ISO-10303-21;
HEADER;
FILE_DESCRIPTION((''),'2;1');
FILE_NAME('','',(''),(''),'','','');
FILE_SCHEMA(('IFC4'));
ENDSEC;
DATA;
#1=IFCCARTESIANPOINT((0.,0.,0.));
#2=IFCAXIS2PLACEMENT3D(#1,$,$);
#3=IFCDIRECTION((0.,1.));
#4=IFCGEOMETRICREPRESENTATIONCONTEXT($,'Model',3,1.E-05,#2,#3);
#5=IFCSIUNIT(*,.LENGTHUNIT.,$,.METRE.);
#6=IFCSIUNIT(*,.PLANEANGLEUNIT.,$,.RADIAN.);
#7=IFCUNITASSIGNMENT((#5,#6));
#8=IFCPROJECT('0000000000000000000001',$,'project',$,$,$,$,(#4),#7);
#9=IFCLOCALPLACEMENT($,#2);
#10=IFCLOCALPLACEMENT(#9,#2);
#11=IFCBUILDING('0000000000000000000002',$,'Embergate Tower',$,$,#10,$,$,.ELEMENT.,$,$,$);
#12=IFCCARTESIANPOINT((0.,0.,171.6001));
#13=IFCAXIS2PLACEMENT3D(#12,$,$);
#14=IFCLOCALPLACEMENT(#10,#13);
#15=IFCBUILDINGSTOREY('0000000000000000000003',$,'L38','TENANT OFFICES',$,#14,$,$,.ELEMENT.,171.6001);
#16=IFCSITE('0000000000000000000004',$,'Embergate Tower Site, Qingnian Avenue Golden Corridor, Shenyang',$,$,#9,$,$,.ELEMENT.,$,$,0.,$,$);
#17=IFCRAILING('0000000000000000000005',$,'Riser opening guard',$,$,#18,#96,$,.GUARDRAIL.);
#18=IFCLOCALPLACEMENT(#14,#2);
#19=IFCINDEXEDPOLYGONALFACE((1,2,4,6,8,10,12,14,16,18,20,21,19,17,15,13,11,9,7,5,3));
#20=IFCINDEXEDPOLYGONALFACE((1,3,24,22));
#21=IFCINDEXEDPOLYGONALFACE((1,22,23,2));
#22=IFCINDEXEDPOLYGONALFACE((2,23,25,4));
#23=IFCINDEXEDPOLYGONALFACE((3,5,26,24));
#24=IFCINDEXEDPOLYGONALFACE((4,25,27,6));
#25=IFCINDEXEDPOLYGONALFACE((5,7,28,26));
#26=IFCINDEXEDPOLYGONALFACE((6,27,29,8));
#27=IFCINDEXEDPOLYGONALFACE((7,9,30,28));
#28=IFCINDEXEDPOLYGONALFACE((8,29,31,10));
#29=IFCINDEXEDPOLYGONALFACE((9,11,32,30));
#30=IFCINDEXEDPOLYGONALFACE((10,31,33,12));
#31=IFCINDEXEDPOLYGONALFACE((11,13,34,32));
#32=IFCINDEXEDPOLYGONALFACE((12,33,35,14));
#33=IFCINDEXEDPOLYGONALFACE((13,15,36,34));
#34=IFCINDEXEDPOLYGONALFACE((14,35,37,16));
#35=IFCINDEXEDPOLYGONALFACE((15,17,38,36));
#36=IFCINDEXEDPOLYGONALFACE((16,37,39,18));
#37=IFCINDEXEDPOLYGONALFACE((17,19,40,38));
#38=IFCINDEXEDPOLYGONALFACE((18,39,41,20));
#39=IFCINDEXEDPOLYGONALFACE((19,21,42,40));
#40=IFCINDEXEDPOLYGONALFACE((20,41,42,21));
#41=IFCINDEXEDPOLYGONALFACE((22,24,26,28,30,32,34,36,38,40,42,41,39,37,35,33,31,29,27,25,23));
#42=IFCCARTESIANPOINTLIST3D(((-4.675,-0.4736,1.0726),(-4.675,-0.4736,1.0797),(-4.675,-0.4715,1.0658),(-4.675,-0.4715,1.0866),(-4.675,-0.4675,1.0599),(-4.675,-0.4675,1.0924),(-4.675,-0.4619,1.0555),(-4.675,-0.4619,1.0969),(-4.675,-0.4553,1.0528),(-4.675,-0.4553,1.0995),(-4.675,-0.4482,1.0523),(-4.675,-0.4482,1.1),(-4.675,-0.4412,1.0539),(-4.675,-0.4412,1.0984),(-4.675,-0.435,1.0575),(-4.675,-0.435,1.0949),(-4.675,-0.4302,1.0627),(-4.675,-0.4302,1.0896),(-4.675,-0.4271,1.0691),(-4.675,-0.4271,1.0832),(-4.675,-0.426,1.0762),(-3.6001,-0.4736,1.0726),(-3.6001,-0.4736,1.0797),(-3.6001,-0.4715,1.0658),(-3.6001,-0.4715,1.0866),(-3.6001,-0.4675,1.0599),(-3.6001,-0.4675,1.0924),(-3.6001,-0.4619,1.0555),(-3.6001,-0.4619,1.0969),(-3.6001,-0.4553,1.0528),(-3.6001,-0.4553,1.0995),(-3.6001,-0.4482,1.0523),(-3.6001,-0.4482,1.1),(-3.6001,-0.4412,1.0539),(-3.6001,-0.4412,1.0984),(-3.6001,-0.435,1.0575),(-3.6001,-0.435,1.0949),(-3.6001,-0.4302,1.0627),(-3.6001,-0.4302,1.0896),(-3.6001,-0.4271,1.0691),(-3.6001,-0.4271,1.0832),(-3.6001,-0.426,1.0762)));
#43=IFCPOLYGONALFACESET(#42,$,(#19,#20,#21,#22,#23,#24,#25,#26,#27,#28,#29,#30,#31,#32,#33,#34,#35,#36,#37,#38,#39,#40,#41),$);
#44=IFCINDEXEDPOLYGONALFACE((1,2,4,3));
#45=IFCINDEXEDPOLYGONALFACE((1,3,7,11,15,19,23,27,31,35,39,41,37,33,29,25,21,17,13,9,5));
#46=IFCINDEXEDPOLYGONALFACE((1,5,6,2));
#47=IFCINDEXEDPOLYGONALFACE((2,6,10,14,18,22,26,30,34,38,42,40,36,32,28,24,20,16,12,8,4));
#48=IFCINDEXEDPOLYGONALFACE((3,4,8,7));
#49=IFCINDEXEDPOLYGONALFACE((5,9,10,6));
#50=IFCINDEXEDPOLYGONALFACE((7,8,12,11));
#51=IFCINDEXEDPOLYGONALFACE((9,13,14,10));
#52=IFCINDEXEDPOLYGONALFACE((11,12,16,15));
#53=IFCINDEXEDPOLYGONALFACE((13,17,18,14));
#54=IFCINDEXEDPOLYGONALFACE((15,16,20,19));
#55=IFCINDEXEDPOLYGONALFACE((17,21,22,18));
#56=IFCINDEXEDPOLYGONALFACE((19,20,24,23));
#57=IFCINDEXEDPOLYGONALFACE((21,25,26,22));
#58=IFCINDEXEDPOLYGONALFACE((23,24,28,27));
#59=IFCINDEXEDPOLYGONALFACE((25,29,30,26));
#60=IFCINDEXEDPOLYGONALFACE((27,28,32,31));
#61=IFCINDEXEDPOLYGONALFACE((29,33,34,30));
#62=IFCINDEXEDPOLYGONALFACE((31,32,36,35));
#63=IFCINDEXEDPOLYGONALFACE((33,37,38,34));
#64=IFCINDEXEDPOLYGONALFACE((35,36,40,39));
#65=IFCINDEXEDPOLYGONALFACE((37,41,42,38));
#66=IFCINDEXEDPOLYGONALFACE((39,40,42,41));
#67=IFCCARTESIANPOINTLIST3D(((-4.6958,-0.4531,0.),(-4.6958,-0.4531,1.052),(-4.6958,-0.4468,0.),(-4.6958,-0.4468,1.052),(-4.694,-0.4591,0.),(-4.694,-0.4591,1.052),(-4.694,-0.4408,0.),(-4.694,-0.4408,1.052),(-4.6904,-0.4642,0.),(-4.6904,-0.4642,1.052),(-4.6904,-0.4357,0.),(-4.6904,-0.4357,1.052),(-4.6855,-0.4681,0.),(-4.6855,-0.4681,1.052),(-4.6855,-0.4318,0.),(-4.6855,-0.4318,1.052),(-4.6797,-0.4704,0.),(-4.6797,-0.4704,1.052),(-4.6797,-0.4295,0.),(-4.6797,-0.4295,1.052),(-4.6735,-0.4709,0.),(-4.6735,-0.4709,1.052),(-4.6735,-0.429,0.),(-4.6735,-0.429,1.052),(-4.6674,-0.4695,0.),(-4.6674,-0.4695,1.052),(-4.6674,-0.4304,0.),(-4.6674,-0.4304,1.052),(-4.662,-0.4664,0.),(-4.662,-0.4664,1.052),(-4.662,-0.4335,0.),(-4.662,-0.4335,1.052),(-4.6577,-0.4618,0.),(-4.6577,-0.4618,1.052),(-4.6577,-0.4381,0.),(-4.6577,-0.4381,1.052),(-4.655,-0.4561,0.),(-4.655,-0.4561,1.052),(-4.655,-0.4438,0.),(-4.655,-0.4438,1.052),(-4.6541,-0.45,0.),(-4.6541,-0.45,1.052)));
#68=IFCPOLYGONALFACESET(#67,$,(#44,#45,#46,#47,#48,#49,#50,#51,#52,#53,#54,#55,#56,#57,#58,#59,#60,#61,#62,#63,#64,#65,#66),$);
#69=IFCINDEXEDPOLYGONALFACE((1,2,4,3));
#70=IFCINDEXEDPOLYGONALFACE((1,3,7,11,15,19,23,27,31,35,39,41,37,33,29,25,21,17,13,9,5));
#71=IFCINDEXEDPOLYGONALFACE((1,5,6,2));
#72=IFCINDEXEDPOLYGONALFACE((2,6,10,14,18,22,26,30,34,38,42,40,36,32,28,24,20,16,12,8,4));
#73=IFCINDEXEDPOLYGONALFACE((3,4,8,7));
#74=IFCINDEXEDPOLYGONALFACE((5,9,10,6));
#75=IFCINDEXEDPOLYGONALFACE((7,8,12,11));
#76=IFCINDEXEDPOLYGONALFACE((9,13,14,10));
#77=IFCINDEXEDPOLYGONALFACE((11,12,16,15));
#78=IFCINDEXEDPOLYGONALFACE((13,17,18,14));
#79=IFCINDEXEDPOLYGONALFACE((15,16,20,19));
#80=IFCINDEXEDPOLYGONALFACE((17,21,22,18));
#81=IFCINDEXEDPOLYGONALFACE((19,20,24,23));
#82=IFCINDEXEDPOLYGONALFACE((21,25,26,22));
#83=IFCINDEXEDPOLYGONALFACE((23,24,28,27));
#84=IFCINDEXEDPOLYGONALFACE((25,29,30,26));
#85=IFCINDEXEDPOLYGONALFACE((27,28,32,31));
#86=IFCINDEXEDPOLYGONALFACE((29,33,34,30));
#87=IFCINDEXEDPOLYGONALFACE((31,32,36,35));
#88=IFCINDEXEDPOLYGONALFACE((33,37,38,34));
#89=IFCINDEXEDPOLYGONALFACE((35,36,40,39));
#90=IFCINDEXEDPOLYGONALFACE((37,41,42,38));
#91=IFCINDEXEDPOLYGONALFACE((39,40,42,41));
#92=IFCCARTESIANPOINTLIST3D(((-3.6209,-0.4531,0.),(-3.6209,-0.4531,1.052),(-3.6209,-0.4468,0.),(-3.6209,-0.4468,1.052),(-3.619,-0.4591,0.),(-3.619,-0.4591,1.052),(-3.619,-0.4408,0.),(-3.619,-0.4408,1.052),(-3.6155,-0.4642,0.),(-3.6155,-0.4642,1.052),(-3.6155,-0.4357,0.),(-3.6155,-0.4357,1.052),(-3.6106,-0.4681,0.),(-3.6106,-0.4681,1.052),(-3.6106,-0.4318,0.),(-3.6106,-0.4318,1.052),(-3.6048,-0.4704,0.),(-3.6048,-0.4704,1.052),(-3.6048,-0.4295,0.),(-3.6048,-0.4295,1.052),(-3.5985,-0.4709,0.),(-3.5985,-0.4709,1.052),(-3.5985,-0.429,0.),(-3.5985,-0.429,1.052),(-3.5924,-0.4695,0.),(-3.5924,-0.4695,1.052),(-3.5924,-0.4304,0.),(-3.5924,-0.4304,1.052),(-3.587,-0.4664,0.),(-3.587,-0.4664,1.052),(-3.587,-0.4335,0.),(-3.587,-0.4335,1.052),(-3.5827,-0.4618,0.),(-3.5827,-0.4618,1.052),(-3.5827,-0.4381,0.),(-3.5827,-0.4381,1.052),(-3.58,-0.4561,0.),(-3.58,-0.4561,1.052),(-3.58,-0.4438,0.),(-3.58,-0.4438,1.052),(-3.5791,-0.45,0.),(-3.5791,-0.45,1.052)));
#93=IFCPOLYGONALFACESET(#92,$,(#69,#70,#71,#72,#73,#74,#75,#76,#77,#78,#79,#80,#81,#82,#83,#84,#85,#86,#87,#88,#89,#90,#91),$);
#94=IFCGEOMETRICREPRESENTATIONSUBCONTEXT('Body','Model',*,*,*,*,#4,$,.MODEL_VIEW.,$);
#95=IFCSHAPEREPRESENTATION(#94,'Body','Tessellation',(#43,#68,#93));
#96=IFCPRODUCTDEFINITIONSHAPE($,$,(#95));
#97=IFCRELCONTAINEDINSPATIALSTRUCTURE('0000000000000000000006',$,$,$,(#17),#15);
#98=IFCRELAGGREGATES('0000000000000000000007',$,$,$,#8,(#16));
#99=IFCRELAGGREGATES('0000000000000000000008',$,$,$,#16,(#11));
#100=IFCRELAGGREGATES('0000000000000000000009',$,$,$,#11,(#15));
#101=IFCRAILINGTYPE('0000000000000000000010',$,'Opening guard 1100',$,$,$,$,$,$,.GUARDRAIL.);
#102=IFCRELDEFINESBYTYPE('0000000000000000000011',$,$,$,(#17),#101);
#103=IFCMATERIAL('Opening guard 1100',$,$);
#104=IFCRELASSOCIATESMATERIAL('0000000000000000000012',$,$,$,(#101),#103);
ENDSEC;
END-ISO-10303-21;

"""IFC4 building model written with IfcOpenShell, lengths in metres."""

from ifc_helpers import new_model, si_unit, direction, frame, origin, origin_2d, place, context, subcontext, project, spatial, circle, extrude, source, transform, mapped, material, type_object, element, save


model = new_model("IFC4")

# Units and contexts
model_context = context("Model", 3, precision=1e-05, world=origin(), true_north=direction((0.0, 1.0)))
body_context = subcontext(model_context, "Body", "Model", "MODEL_VIEW")
ifc_project = project(units=[si_unit("LENGTHUNIT", "METRE"), si_unit("PLANEANGLEUNIT", "RADIAN")], contexts=[model_context])

# Site, building, storey
site_placement = place(None, origin())
site = spatial("IfcSite", under=ifc_project, at=site_placement, Name="Embergate Tower Site, Qingnian Avenue Golden Corridor, Shenyang", CompositionType="ELEMENT", RefElevation=0.0)
building_placement = place(site_placement, origin())
building = spatial("IfcBuilding", under=site, at=building_placement, Name="Embergate Tower", CompositionType="ELEMENT")
storey_placement = place(building_placement, frame((0.0, 0.0, 171.6001)))
storey = spatial("IfcBuildingStorey", under=building, at=storey_placement, Name="L38", Description="TENANT OFFICES", CompositionType="ELEMENT", Elevation=171.6001)

# Railing
ifc_material_1 = material(Name="Opening guard 1100")
railing_type_1 = type_object("IfcRailingType", Name="Opening guard 1100", PredefinedType="GUARDRAIL", material=ifc_material_1)
shared_shape_1 = source(origin(), body_context, "Body", "SweptSolid", [
    extrude(circle(Radius=0.0239, at=origin_2d()), frame((0.0, 0.0, 1.0762), z_axis=(1.0, 0.0, 0.0), x_axis=(0.0, 1.0, 0.0)), (0.0, 0.0, 1.0), 1.075),
    extrude(circle(Radius=0.021, at=origin_2d()), origin(), (0.0, 0.0, 1.0), 1.052),
    extrude(circle(Radius=0.021, at=origin_2d()), frame((1.075, 0.0, 0.0)), (0.0, 0.0, 1.0), 1.052),
])
railing_1_placement = place(storey_placement, frame((-4.675, -0.45, 0.0)))
element("IfcRailing", 1, at=railing_1_placement, inside=storey, type_object=railing_type_1, Name="Riser opening guard", PredefinedType="GUARDRAIL", context=body_context, shape_type="MappedRepresentation", body=[
    mapped(shared_shape_1, transform((0.0, 0.0, 0.0))),
])

save(model, "model.ifc")
